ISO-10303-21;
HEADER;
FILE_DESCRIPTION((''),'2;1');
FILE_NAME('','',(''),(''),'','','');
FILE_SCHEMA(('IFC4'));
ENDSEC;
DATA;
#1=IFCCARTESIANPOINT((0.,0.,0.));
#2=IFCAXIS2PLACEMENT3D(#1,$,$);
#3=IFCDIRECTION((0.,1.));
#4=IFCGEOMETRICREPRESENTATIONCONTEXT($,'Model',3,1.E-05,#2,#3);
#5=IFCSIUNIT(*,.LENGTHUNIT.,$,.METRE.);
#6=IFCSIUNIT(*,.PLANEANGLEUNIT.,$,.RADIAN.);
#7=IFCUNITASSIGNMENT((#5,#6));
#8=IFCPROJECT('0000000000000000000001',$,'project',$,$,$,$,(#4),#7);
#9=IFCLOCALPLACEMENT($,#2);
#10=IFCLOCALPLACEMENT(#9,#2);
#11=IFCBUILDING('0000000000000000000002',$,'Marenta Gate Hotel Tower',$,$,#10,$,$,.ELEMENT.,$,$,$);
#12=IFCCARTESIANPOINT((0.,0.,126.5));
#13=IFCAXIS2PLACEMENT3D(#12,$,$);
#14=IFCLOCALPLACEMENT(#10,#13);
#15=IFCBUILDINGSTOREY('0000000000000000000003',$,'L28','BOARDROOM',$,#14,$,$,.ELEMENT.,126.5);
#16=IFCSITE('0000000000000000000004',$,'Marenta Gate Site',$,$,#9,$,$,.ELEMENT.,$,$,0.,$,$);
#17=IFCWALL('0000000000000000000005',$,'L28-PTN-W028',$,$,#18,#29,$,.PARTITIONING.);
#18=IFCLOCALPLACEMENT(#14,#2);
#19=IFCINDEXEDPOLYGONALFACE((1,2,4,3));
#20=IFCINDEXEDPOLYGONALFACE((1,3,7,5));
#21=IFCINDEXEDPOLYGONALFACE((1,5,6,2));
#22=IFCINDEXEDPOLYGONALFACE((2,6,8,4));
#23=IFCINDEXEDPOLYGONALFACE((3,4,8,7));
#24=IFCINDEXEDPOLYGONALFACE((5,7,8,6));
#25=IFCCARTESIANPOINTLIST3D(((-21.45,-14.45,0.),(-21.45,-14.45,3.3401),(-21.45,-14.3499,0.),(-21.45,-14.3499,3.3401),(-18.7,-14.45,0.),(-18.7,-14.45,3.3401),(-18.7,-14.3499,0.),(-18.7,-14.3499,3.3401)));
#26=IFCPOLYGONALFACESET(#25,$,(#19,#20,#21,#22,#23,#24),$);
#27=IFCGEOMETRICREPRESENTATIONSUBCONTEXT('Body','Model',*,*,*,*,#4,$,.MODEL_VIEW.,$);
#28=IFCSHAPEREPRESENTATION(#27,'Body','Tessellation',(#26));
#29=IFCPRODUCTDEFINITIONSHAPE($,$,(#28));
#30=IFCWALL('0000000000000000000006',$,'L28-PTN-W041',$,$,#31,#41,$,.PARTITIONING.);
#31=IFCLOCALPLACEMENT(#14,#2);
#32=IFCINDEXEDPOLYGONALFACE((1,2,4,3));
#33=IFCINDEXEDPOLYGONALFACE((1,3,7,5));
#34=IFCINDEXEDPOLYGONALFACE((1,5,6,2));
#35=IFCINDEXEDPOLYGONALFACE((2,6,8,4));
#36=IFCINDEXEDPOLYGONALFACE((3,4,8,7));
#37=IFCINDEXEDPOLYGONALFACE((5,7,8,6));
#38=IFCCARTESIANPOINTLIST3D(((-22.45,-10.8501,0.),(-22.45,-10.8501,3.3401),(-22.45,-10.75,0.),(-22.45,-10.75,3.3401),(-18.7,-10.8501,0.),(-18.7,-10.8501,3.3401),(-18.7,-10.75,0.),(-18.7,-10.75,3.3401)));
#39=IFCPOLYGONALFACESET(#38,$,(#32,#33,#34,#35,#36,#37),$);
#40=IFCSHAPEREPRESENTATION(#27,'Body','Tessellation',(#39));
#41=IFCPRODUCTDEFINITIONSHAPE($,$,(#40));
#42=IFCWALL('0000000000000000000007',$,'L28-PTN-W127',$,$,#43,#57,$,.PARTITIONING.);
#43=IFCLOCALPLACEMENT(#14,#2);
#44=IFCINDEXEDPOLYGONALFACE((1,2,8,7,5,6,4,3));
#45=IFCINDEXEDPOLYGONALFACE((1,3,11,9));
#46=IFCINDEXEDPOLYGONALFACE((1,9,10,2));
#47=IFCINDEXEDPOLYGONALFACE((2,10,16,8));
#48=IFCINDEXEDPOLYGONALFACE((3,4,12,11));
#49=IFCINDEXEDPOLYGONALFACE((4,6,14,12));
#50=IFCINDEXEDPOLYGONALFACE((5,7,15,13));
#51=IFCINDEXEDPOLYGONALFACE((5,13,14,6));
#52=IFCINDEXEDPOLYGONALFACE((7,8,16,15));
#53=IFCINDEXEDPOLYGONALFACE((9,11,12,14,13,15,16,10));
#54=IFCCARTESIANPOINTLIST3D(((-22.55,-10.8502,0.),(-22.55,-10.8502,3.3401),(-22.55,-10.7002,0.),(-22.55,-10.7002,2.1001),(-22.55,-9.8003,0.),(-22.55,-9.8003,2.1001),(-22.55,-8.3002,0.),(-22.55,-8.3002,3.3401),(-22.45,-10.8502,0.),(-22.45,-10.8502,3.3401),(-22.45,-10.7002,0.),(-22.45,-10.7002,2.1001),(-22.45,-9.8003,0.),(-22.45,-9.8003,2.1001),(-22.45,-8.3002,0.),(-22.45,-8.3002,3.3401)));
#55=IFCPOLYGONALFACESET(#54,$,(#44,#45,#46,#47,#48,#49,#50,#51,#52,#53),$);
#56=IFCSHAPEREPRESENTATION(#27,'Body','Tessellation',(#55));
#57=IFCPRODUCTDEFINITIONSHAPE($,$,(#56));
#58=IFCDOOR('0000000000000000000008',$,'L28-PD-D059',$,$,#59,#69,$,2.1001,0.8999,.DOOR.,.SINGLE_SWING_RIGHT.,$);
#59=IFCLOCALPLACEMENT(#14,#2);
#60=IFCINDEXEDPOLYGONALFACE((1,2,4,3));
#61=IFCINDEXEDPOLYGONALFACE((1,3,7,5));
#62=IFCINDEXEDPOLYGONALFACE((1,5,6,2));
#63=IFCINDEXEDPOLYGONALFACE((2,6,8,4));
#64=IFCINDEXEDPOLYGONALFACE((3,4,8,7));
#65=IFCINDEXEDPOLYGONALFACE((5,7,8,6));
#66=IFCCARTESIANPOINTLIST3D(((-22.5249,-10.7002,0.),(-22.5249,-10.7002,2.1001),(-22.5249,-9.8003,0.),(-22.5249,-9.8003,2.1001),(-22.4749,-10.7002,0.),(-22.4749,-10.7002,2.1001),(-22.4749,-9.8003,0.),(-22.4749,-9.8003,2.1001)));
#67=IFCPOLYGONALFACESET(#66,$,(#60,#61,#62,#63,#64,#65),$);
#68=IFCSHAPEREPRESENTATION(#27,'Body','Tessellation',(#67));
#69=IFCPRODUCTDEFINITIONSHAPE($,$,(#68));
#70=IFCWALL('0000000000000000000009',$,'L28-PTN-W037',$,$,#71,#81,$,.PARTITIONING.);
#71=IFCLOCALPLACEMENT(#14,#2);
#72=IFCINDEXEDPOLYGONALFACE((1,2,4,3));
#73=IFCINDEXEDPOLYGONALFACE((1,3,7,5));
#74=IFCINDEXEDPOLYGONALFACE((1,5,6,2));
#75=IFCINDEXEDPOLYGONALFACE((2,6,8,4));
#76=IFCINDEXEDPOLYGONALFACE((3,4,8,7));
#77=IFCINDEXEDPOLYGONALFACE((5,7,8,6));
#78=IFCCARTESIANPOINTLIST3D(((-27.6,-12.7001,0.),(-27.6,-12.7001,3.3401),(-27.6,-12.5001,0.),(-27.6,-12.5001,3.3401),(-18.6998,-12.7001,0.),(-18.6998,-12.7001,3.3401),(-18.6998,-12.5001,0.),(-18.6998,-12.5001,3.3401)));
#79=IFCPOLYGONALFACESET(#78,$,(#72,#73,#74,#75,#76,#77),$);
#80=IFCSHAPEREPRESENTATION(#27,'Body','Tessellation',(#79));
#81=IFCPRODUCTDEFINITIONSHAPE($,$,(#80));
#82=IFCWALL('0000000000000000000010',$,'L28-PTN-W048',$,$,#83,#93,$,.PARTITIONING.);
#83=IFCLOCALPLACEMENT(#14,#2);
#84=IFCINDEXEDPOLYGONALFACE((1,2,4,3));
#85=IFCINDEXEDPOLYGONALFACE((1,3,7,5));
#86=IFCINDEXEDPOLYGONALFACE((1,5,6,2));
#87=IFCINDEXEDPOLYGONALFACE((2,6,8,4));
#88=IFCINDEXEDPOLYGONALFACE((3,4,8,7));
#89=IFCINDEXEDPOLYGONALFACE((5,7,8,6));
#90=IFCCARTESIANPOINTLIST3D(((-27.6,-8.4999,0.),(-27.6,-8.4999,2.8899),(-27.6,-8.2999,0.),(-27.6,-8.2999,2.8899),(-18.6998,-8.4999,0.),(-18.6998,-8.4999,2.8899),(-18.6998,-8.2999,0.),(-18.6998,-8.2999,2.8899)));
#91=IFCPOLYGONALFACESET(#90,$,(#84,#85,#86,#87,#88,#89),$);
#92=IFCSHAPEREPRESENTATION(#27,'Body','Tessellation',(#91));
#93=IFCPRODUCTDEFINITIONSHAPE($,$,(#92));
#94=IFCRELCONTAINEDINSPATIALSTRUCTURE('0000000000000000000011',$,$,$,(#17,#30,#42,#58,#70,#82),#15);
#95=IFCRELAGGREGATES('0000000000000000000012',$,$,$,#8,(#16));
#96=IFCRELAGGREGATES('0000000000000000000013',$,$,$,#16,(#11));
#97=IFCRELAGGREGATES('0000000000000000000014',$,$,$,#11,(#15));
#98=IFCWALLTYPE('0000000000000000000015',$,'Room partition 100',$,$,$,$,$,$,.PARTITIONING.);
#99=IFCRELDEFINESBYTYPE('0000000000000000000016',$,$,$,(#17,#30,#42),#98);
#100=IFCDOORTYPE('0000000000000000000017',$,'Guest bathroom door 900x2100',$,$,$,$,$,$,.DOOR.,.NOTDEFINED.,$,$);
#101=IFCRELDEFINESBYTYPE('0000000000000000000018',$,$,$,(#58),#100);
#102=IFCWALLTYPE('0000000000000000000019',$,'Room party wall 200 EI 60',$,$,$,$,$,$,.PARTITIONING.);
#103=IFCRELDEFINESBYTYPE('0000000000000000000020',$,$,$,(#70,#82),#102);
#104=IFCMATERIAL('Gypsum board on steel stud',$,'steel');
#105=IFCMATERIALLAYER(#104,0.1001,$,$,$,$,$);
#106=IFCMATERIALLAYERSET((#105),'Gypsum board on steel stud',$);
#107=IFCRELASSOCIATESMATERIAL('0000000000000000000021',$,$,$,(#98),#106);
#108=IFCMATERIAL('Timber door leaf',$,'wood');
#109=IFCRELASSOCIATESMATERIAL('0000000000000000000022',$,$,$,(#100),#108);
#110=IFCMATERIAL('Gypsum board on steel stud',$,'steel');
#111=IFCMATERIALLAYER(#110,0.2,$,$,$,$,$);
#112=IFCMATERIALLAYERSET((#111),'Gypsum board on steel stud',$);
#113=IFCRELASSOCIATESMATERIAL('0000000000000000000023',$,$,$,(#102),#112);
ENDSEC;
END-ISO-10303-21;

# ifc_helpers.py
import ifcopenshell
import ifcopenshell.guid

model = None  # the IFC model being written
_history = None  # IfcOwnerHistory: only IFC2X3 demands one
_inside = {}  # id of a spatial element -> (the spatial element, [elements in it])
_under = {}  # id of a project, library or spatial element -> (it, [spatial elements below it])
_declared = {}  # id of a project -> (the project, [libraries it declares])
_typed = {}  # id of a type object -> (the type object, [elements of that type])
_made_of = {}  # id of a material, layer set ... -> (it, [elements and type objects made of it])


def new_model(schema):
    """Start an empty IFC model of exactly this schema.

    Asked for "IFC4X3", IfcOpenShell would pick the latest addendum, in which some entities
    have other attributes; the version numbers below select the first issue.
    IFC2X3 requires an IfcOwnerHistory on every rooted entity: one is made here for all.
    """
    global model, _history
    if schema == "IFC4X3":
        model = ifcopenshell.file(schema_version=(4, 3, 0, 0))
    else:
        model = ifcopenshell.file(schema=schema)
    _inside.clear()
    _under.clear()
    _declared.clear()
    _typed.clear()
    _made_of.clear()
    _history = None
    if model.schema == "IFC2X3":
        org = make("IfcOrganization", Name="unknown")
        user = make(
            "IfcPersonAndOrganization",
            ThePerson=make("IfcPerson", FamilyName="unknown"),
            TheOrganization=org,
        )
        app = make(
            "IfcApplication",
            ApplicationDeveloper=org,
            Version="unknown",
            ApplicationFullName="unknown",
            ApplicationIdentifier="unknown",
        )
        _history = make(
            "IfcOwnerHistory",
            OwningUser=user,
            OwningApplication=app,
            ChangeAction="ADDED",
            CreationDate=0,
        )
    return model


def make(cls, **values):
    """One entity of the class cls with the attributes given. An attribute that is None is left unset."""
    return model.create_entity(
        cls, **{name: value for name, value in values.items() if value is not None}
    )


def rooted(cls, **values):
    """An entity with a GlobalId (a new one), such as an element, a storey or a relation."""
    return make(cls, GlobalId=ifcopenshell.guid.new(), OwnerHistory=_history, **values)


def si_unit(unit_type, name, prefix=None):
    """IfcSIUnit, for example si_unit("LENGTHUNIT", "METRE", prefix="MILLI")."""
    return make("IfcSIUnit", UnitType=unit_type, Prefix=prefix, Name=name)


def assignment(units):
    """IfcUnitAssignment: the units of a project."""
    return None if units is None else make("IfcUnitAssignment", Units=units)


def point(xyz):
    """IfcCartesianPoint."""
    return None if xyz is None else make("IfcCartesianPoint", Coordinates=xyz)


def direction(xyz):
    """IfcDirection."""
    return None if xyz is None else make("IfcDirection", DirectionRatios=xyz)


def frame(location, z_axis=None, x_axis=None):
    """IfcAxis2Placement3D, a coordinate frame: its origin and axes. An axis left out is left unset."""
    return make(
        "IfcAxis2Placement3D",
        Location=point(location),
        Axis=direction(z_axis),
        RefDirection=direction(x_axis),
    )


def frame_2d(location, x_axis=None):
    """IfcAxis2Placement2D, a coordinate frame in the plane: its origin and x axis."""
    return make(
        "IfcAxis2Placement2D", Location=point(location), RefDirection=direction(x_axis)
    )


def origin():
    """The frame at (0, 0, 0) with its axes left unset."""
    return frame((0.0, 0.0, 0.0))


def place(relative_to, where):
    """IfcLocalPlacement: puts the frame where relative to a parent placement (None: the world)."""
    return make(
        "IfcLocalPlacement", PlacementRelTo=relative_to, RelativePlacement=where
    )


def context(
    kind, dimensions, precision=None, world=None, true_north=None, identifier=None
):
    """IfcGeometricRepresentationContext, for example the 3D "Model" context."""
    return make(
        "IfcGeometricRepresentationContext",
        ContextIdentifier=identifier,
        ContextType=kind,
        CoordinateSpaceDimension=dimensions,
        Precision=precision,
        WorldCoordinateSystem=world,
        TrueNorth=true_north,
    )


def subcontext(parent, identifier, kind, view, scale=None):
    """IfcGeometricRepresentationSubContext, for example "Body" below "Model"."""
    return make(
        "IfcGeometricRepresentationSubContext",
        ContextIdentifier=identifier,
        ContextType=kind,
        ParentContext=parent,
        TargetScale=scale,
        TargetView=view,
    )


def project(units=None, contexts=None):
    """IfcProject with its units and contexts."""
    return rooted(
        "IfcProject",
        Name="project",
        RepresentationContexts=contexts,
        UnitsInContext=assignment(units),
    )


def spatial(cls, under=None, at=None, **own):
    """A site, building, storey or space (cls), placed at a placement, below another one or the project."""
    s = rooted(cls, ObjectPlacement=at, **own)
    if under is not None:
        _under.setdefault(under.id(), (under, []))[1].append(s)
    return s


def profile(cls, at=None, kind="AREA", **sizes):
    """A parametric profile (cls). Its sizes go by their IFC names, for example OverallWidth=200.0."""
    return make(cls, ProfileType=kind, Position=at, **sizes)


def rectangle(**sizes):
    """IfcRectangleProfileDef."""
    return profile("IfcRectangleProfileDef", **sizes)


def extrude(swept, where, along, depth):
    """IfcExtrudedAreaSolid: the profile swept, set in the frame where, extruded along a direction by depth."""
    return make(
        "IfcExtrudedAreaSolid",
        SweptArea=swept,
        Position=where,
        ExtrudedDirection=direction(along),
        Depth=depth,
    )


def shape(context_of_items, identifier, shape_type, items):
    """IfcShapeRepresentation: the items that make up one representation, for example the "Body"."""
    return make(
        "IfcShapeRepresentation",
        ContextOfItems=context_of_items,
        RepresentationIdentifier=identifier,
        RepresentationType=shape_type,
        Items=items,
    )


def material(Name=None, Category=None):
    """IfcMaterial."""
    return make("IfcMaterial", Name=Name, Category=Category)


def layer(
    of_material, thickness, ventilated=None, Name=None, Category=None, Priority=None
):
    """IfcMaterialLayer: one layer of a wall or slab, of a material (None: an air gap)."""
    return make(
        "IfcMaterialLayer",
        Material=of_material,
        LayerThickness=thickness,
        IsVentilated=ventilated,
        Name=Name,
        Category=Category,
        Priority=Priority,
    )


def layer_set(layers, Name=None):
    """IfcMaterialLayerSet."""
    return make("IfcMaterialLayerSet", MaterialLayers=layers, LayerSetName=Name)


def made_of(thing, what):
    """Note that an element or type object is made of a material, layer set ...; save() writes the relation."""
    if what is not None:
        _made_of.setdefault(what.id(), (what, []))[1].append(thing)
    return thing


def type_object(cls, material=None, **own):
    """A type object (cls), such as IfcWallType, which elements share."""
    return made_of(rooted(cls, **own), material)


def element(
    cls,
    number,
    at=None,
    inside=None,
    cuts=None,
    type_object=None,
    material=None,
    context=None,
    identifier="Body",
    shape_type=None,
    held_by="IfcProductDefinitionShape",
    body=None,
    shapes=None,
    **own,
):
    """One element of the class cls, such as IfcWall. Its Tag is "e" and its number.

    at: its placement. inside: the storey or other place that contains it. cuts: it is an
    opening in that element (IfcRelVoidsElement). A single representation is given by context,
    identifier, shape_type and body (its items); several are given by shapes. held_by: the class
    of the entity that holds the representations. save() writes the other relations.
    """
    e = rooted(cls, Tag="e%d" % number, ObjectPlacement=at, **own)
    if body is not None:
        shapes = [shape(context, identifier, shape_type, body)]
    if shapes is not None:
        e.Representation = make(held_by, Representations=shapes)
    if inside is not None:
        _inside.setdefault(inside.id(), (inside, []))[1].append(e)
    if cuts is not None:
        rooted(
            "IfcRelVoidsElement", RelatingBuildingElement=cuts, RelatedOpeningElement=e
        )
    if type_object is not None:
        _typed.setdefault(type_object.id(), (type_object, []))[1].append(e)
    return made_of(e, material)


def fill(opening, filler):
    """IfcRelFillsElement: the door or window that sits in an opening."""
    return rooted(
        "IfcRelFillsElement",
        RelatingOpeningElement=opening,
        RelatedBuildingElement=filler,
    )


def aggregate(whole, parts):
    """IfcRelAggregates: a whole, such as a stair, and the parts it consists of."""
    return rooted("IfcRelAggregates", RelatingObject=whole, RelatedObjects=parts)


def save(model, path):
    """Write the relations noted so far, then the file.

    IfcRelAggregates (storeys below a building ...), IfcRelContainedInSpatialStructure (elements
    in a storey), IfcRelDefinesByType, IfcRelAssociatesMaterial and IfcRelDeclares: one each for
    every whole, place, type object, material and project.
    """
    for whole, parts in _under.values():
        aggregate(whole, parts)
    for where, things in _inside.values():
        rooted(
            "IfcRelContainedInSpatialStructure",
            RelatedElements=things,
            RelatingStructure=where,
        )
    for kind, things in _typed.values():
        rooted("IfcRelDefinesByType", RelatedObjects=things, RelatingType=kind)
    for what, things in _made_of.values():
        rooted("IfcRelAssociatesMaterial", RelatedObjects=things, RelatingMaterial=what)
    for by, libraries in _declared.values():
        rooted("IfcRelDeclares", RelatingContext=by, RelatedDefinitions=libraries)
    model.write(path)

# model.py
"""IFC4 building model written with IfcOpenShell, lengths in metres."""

from ifc_helpers import new_model, si_unit, direction, frame, frame_2d, origin, place, context, subcontext, project, spatial, rectangle, extrude, material, layer, layer_set, type_object, element, fill, save


model = new_model("IFC4")

# Units and contexts
model_context = context("Model", 3, precision=1e-05, world=origin(), true_north=direction((0.0, 1.0)))
body_context = subcontext(model_context, "Body", "Model", "MODEL_VIEW")
ifc_project = project(units=[si_unit("LENGTHUNIT", "METRE"), si_unit("PLANEANGLEUNIT", "RADIAN")], contexts=[model_context])

# Site, building, storey
site_placement = place(None, origin())
site = spatial("IfcSite", under=ifc_project, at=site_placement, Name="Marenta Gate Site", CompositionType="ELEMENT", RefElevation=0.0)
building_placement = place(site_placement, origin())
building = spatial("IfcBuilding", under=site, at=building_placement, Name="Marenta Gate Hotel Tower", CompositionType="ELEMENT")
storey_placement = place(building_placement, frame((0.0, 0.0, 126.5)))
storey = spatial("IfcBuildingStorey", under=building, at=storey_placement, Name="L28", Description="BOARDROOM", CompositionType="ELEMENT", Elevation=126.5)

# Walls
ifc_material_1 = material(Name="Gypsum board on steel stud", Category="steel")
ifc_layer_1 = layer(ifc_material_1, 0.1001)
ifc_layer_set_1 = layer_set([ifc_layer_1], Name="Gypsum board on steel stud")
wall_type_1 = type_object("IfcWallType", Name="Room partition 100", PredefinedType="PARTITIONING", material=ifc_layer_set_1)
wall_1_placement = place(storey_placement, frame((-21.45, -14.3999, 0.0), z_axis=(0.0, 0.0, 1.0), x_axis=(1.0, 0.0, 0.0)))
element("IfcWall", 1, at=wall_1_placement, inside=storey, type_object=wall_type_1, Name="L28-PTN-W028", PredefinedType="PARTITIONING", context=body_context, shape_type="SweptSolid", body=[
    extrude(rectangle(XDim=2.75, YDim=0.1001, at=frame_2d((1.375, 0.0))), origin(), (0.0, 0.0, 1.0), 3.3401),
])
wall_2_placement = place(storey_placement, frame((-22.45, -10.8, 0.0), z_axis=(0.0, 0.0, 1.0), x_axis=(1.0, 0.0, 0.0)))
element("IfcWall", 2, at=wall_2_placement, inside=storey, type_object=wall_type_1, Name="L28-PTN-W041", PredefinedType="PARTITIONING", context=body_context, shape_type="SweptSolid", body=[
    extrude(rectangle(XDim=3.75, YDim=0.1001, at=frame_2d((1.875, 0.0))), origin(), (0.0, 0.0, 1.0), 3.3401),
])

# Wall, opening, door
wall_3_placement = place(storey_placement, frame((-22.5, -10.8501, 0.0), z_axis=(0.0, 0.0, 1.0), x_axis=(0.0, 1.0, 0.0)))
wall_3 = element("IfcWall", 3, at=wall_3_placement, inside=storey, type_object=wall_type_1, Name="L28-PTN-W127", PredefinedType="PARTITIONING", context=body_context, shape_type="SweptSolid", body=[
    extrude(rectangle(XDim=2.55, YDim=0.1001, at=frame_2d((1.2749, 0.0))), origin(), (0.0, 0.0, 1.0), 3.3401),
])
opening_1_placement = place(wall_3_placement, frame((0.1499, 0.0, 0.0)))
opening_1 = element("IfcOpeningElement", 4, at=opening_1_placement, cuts=wall_3, PredefinedType="OPENING", context=body_context, shape_type="SweptSolid", body=[
    extrude(rectangle(XDim=0.8999, YDim=2.1001, at=frame_2d((0.45, 1.05))), frame((0.0, 0.05, 0.0), z_axis=(0.0, -1.0, 0.0), x_axis=(1.0, 0.0, 0.0)), (0.0, 0.0, 1.0), 0.1001),
])
ifc_material_2 = material(Name="Timber door leaf", Category="wood")
door_type_1 = type_object("IfcDoorType", Name="Guest bathroom door 900x2100", OperationType="NOTDEFINED", PredefinedType="DOOR", material=ifc_material_2)
door_1_placement = place(opening_1_placement, origin())
door_1 = element("IfcDoor", 5, at=door_1_placement, inside=storey, type_object=door_type_1, Name="L28-PD-D059", OperationType="SINGLE_SWING_RIGHT", OverallHeight=2.1001, OverallWidth=0.8999, PredefinedType="DOOR", context=body_context, shape_type="SweptSolid", body=[
    extrude(rectangle(XDim=0.8999, YDim=2.1001, at=frame_2d((0.45, 1.05))), frame((0.0, 0.0249, 0.0), z_axis=(0.0, -1.0, 0.0), x_axis=(1.0, 0.0, 0.0)), (0.0, 0.0, 1.0), 0.05),
])
fill(opening_1, door_1)

# Walls
ifc_material_3 = material(Name="Gypsum board on steel stud", Category="steel")
ifc_layer_2 = layer(ifc_material_3, 0.2)
ifc_layer_set_2 = layer_set([ifc_layer_2], Name="Gypsum board on steel stud")
wall_type_2 = type_object("IfcWallType", Name="Room party wall 200 EI 60", PredefinedType="PARTITIONING", material=ifc_layer_set_2)
wall_4_placement = place(storey_placement, frame((-27.6001, -12.6001, 0.0), z_axis=(0.0, 0.0, 1.0), x_axis=(1.0, 0.0, 0.0)))
element("IfcWall", 6, at=wall_4_placement, inside=storey, type_object=wall_type_2, Name="L28-PTN-W037", PredefinedType="PARTITIONING", context=body_context, shape_type="SweptSolid", body=[
    extrude(rectangle(XDim=8.9001, YDim=0.2, at=frame_2d((4.4502, 0.0))), origin(), (0.0, 0.0, 1.0), 3.3401),
])
wall_5_placement = place(storey_placement, frame((-27.6001, -8.3999, 0.0), z_axis=(0.0, 0.0, 1.0), x_axis=(1.0, 0.0, 0.0)))
element("IfcWall", 7, at=wall_5_placement, inside=storey, type_object=wall_type_2, Name="L28-PTN-W048", PredefinedType="PARTITIONING", context=body_context, shape_type="SweptSolid", body=[
    extrude(rectangle(XDim=8.9001, YDim=0.2, at=frame_2d((4.4502, 0.0))), origin(), (0.0, 0.0, 1.0), 2.8899),
])

save(model, "model.ifc")
